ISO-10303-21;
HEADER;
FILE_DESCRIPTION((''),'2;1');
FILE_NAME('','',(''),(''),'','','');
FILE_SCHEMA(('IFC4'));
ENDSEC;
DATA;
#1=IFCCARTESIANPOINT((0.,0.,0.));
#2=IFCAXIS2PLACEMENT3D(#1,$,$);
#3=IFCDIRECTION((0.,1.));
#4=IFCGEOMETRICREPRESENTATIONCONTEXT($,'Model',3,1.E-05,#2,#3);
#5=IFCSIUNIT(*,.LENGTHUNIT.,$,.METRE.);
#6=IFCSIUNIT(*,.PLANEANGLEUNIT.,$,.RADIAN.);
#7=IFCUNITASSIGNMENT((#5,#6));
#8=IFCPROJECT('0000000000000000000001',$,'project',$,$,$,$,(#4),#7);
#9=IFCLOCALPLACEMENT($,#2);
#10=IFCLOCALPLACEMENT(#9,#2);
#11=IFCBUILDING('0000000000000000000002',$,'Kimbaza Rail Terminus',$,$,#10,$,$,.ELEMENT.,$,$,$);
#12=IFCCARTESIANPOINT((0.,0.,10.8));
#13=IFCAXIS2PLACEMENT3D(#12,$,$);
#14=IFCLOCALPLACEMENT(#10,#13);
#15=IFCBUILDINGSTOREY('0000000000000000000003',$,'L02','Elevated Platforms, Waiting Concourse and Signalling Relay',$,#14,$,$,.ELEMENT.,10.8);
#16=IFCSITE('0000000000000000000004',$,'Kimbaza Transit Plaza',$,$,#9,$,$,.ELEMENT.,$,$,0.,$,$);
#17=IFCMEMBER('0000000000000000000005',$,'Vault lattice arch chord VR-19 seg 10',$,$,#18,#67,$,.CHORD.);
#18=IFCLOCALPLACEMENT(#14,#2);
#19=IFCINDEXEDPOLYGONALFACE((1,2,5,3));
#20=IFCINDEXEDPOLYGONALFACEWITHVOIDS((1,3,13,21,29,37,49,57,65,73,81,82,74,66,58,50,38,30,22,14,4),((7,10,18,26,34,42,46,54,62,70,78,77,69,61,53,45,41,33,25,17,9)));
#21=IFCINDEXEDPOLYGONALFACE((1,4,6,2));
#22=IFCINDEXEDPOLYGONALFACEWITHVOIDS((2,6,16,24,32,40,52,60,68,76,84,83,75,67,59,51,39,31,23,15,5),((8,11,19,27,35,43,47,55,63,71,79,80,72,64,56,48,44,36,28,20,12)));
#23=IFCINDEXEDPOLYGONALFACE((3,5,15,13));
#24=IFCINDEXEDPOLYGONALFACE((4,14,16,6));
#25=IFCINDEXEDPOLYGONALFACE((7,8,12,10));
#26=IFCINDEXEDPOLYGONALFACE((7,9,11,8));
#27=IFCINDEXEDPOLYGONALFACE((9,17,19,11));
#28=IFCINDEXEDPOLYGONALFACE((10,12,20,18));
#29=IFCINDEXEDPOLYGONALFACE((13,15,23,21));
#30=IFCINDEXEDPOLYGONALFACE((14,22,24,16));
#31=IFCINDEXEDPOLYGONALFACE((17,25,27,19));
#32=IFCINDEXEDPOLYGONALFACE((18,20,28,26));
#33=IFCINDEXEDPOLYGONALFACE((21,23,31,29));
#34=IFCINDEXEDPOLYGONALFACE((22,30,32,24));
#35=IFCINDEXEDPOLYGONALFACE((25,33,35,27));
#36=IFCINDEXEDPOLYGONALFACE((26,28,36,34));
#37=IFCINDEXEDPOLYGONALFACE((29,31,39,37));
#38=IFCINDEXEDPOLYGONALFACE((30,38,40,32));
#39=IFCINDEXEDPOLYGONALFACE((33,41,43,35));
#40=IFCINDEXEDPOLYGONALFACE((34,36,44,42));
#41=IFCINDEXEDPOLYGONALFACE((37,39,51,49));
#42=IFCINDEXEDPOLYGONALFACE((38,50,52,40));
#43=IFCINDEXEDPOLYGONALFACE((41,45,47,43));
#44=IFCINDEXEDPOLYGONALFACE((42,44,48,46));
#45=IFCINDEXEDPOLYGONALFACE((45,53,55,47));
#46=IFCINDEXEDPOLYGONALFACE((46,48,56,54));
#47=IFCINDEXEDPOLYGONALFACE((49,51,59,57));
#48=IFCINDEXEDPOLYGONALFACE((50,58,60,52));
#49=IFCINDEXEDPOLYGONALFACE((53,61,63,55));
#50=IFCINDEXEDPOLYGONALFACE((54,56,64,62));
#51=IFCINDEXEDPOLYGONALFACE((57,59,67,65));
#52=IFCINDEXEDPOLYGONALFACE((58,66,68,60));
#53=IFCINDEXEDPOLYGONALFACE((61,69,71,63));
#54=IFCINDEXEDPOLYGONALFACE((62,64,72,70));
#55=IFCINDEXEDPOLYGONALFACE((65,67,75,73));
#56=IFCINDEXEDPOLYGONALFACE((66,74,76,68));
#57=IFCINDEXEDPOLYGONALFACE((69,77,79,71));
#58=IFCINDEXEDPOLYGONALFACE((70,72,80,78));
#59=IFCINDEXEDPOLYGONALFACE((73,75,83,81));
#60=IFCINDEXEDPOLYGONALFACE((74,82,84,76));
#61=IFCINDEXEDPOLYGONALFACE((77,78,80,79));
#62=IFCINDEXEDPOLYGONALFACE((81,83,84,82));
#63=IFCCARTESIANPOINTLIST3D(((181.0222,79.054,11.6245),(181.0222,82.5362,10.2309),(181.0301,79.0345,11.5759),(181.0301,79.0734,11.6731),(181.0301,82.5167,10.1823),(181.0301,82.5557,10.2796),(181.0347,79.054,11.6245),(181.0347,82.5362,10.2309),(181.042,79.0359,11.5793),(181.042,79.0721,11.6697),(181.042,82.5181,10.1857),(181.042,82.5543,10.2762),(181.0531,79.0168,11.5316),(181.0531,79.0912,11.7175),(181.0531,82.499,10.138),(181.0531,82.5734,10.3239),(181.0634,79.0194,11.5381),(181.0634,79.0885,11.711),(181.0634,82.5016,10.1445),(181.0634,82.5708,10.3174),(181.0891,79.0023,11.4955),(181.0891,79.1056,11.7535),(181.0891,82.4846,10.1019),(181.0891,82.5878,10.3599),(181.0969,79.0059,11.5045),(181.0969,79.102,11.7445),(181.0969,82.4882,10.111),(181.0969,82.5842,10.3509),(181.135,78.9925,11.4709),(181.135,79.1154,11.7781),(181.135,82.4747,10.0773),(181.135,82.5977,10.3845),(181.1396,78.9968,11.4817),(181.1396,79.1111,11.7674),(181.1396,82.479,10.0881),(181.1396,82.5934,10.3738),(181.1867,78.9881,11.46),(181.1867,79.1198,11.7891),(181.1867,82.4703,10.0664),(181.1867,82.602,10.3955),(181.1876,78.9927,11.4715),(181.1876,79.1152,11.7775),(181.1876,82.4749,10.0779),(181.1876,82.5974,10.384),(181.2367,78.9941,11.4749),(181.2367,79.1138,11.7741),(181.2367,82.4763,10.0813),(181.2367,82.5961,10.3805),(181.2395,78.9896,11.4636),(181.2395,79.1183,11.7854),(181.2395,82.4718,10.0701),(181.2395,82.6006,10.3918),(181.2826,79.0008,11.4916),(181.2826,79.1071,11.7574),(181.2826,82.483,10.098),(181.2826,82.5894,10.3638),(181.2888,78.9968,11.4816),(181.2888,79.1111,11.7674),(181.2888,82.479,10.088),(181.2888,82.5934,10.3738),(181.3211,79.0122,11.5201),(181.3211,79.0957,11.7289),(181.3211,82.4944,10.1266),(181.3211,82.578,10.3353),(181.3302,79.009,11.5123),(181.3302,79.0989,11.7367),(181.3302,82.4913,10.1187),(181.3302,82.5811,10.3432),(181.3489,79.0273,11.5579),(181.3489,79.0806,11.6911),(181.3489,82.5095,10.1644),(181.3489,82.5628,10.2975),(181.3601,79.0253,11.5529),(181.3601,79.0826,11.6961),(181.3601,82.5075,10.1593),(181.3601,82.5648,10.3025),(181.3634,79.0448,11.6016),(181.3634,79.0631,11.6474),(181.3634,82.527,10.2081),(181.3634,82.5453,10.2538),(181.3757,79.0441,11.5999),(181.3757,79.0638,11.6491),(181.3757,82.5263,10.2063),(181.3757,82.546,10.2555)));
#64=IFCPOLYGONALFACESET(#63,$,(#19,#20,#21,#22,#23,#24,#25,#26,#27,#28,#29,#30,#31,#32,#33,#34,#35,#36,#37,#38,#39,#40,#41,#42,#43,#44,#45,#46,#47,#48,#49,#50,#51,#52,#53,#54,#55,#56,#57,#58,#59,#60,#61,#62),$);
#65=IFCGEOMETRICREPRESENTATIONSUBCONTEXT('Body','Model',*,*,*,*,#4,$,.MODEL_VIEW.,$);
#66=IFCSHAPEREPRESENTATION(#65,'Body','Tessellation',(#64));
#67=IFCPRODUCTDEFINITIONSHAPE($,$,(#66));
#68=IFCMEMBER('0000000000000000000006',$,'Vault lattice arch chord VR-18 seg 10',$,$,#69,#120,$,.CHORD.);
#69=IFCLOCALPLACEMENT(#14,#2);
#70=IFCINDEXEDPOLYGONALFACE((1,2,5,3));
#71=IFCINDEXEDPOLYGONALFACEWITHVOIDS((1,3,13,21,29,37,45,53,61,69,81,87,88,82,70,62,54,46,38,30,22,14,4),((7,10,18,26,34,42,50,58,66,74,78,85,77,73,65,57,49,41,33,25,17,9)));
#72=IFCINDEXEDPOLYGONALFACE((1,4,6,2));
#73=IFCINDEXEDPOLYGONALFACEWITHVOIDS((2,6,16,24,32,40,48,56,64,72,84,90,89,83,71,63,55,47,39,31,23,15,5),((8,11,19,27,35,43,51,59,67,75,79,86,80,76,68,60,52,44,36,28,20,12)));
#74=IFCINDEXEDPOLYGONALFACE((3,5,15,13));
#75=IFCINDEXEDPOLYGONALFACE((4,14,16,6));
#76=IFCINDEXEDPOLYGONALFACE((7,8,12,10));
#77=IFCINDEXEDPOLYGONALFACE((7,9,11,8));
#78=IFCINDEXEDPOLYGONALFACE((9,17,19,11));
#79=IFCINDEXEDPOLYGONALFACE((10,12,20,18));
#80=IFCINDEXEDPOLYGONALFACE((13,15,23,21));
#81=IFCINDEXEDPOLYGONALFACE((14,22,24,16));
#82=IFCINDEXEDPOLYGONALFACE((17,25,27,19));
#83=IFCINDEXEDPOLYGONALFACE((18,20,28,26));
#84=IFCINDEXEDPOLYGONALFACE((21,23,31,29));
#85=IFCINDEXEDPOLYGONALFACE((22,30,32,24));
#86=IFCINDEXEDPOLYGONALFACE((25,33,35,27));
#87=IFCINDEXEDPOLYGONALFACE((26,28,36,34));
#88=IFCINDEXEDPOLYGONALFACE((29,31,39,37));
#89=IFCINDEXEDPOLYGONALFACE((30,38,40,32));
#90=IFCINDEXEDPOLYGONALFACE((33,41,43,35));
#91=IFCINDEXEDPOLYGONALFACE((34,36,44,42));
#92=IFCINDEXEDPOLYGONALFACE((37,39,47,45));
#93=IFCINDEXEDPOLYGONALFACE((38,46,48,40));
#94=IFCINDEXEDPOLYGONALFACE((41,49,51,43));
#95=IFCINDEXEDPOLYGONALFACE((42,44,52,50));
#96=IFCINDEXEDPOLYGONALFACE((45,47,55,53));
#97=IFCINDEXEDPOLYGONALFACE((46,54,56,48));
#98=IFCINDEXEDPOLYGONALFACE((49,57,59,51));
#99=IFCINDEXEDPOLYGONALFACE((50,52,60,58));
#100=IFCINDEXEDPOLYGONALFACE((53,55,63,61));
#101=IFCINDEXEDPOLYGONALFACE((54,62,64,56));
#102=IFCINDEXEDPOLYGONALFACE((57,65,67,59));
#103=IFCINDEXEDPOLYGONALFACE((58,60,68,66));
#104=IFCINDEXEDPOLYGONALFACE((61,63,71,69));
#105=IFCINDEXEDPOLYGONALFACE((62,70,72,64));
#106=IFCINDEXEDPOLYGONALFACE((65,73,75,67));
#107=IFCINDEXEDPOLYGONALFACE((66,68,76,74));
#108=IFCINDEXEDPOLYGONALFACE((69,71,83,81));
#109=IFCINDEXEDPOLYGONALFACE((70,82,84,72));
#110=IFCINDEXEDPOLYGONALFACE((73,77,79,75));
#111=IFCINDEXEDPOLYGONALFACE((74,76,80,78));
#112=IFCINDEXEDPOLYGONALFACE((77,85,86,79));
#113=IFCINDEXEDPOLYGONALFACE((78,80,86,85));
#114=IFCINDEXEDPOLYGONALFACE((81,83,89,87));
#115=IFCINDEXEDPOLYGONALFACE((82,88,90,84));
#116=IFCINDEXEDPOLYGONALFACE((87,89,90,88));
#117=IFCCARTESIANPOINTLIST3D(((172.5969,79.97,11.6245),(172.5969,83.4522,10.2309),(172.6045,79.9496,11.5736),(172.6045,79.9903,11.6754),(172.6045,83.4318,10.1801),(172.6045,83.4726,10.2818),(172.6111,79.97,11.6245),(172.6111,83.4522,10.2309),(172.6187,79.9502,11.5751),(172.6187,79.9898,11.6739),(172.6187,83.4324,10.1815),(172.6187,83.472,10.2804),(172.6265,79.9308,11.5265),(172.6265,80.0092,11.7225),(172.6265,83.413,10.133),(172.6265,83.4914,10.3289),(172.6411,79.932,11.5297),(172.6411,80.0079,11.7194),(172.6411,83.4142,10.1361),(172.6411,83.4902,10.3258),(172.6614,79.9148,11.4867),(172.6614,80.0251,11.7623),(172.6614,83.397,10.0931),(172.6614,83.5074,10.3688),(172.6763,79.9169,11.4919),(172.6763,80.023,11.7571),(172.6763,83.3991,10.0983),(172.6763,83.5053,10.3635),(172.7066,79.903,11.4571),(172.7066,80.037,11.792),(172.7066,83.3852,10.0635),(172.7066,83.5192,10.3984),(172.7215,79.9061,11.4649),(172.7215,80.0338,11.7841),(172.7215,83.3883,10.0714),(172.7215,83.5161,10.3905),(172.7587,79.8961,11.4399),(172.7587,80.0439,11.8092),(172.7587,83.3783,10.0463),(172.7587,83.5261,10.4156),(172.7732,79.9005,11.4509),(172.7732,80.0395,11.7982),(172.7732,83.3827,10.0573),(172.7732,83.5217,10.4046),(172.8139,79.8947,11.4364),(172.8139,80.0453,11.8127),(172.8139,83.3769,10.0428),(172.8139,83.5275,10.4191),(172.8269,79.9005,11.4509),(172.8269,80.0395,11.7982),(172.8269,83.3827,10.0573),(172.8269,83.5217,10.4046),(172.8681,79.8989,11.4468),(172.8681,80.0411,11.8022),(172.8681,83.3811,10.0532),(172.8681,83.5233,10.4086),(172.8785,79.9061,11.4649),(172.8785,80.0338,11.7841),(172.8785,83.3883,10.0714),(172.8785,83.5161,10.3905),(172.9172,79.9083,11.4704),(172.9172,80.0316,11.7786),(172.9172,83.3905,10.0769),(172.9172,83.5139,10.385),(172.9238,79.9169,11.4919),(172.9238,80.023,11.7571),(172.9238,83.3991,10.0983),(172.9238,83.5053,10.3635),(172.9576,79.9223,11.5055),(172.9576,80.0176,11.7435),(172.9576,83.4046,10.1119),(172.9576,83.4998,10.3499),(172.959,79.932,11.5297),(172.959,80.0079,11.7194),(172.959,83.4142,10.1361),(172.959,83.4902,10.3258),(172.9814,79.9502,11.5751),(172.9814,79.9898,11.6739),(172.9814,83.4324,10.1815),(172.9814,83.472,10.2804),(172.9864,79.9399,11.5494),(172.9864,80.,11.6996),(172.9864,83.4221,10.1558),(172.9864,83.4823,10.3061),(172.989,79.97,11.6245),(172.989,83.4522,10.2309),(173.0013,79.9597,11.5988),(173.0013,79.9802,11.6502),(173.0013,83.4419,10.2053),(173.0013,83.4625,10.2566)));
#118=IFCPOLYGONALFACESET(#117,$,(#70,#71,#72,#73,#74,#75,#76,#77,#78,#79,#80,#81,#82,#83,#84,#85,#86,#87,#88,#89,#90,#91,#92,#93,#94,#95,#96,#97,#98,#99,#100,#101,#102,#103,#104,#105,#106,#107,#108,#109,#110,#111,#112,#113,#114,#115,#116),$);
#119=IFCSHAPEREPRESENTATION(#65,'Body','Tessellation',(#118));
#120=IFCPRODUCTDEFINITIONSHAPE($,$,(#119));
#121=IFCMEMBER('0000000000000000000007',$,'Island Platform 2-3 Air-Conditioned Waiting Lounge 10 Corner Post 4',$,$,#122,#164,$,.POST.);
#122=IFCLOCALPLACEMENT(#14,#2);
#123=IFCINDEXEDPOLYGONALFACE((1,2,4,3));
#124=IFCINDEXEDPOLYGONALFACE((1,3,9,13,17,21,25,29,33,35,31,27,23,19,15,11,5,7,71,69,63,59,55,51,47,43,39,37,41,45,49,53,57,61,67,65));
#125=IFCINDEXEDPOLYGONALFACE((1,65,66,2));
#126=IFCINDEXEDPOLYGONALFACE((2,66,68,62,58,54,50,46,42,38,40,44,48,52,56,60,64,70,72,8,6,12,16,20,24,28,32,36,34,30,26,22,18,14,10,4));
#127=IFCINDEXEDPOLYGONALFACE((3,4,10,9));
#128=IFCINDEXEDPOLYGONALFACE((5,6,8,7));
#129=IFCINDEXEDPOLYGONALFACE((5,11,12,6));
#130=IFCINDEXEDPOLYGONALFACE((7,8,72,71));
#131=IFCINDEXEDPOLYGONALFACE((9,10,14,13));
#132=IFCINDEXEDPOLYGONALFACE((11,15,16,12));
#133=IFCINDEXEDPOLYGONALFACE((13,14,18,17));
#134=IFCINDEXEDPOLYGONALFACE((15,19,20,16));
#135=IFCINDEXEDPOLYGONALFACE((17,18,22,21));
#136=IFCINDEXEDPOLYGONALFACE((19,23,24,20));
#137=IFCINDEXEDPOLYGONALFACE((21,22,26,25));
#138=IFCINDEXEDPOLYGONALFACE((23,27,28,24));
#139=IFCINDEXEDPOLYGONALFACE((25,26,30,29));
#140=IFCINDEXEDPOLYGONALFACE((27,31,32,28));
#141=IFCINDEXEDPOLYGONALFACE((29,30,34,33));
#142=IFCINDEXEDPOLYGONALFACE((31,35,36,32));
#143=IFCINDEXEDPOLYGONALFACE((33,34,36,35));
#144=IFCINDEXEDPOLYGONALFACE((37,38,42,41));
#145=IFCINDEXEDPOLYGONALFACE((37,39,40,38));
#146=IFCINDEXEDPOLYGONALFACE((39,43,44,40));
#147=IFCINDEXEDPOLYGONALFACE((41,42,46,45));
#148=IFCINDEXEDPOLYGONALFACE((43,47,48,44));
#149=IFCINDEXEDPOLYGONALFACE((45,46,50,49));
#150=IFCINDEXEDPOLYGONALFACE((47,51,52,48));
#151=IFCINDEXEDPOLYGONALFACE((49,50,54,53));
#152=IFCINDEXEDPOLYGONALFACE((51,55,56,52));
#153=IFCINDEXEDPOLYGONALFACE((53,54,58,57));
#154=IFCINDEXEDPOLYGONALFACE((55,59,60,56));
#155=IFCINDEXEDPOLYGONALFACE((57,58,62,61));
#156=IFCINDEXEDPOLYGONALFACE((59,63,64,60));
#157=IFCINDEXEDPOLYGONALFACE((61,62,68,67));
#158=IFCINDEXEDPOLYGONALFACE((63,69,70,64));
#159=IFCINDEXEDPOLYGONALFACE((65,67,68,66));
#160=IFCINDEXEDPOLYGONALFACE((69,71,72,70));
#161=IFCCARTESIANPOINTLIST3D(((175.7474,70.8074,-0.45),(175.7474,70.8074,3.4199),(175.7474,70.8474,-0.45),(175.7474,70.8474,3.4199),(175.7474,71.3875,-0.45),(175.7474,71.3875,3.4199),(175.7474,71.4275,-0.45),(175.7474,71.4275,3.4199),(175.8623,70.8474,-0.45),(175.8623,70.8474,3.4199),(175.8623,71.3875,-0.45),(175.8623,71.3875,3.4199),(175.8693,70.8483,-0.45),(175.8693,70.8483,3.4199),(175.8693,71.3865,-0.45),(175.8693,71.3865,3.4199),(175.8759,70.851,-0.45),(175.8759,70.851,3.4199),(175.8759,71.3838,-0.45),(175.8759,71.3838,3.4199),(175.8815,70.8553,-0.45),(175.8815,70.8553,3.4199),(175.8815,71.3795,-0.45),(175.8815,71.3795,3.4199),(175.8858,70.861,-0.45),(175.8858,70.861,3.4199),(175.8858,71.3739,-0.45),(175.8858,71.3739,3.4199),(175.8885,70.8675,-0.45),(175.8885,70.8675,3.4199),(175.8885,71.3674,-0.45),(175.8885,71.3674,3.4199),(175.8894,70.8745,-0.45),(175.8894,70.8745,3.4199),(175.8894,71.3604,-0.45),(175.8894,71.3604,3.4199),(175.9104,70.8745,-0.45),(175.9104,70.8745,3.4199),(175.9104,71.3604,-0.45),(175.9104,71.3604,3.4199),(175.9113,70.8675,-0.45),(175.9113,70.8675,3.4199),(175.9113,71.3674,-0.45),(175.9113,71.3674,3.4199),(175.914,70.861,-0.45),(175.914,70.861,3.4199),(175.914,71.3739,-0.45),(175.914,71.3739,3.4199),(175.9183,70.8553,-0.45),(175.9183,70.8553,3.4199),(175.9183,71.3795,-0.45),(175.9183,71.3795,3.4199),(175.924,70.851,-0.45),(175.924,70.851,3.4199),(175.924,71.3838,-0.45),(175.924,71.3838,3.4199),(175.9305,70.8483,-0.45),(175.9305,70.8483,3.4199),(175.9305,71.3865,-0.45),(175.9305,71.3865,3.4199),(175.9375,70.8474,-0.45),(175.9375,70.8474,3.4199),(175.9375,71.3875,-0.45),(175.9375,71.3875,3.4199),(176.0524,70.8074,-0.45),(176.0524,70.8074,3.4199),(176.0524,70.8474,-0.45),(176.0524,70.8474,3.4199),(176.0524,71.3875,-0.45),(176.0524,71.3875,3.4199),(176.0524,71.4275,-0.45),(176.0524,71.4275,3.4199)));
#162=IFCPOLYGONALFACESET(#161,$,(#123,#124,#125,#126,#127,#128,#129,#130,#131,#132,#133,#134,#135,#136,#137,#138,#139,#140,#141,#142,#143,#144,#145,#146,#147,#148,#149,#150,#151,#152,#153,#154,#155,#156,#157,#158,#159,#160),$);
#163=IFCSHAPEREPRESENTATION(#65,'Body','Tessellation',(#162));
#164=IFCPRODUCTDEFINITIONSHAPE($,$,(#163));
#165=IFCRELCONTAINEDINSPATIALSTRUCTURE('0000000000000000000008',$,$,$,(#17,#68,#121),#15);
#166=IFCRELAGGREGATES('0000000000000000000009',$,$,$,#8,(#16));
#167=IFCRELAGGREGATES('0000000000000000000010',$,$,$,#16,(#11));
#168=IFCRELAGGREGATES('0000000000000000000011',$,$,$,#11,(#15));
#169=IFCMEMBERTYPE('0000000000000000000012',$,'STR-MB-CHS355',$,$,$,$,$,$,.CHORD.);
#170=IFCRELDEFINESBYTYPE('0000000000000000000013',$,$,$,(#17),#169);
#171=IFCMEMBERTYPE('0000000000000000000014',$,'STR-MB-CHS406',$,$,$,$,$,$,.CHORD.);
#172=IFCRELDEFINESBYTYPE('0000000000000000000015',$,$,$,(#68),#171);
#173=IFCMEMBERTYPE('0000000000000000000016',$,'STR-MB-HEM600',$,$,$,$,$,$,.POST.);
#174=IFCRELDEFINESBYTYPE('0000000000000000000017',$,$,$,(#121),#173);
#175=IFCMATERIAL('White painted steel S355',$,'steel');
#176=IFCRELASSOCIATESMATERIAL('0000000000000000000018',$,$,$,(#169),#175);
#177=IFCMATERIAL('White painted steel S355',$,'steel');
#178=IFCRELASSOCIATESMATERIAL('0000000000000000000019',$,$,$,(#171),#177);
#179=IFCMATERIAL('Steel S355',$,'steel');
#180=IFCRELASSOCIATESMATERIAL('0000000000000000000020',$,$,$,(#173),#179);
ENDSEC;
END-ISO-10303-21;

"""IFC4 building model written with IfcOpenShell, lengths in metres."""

from ifc_helpers import new_model, si_unit, direction, frame, origin, origin_2d, place, context, subcontext, project, spatial, hollow_circle, i_section, extrude, material, material_profile, profile_set, type_object, element, save


model = new_model("IFC4")

# Units and contexts
model_context = context("Model", 3, precision=1e-05, world=origin(), true_north=direction((0.0, 1.0)))
body_context = subcontext(model_context, "Body", "Model", "MODEL_VIEW")
ifc_project = project(units=[si_unit("LENGTHUNIT", "METRE"), si_unit("PLANEANGLEUNIT", "RADIAN")], contexts=[model_context])

# Site, building, storey
site_placement = place(None, origin())
site = spatial("IfcSite", under=ifc_project, at=site_placement, Name="Kimbaza Transit Plaza", CompositionType="ELEMENT", RefElevation=0.0)
building_placement = place(site_placement, origin())
building = spatial("IfcBuilding", under=site, at=building_placement, Name="Kimbaza Rail Terminus", CompositionType="ELEMENT")
storey_placement = place(building_placement, frame((0.0, 0.0, 10.8)))
storey = spatial("IfcBuildingStorey", under=building, at=storey_placement, Name="L02", Description="Elevated Platforms, Waiting Concourse and Signalling Relay", CompositionType="ELEMENT", Elevation=10.8)

# Members
ifc_material_1 = material(Name="White painted steel S355", Category="steel")
ifc_material_profile_1 = material_profile(ifc_material_1, hollow_circle(Radius=0.1777, WallThickness=0.0125, at=origin_2d()), Name="CHS 355.6x12.5")
ifc_profile_set_1 = profile_set([ifc_material_profile_1], Name="White painted steel S355")
member_type_1 = type_object("IfcMemberType", Name="STR-MB-CHS355", PredefinedType="CHORD", material=ifc_profile_set_1)
member_1_placement = place(storey_placement, frame((181.2, 79.054, 11.6245), z_axis=(0.0, 0.928414, -0.371548), x_axis=(-1.0, 0.0, 0.0)))
element("IfcMember", 1, at=member_1_placement, inside=storey, type_object=member_type_1, Name="Vault lattice arch chord VR-19 seg 10", PredefinedType="CHORD", context=body_context, shape_type="SweptSolid", body=[
    extrude(hollow_circle(Radius=0.1777, WallThickness=0.0125, at=origin_2d()), origin(), (0.0, 0.0, 1.0), 3.7507),
])
ifc_material_2 = material(Name="White painted steel S355", Category="steel")
ifc_material_profile_2 = material_profile(ifc_material_2, hollow_circle(Radius=0.2031, WallThickness=0.0142, at=origin_2d()), Name="CHS 406.4x14.2")
ifc_profile_set_2 = profile_set([ifc_material_profile_2], Name="White painted steel S355")
member_type_2 = type_object("IfcMemberType", Name="STR-MB-CHS406", PredefinedType="CHORD", material=ifc_profile_set_2)
member_2_placement = place(storey_placement, frame((172.8, 79.97, 11.6245), z_axis=(0.0, 0.928414, -0.371548), x_axis=(-1.0, 0.0, 0.0)))
element("IfcMember", 2, at=member_2_placement, inside=storey, type_object=member_type_2, Name="Vault lattice arch chord VR-18 seg 10", PredefinedType="CHORD", context=body_context, shape_type="SweptSolid", body=[
    extrude(hollow_circle(Radius=0.2031, WallThickness=0.0142, at=origin_2d()), origin(), (0.0, 0.0, 1.0), 3.7507),
])
ifc_material_3 = material(Name="Steel S355", Category="steel")
ifc_material_profile_3 = material_profile(ifc_material_3, i_section(OverallWidth=0.3049, OverallDepth=0.6201, WebThickness=0.021, FlangeThickness=0.04, FilletRadius=0.0271, at=origin_2d()), Name="HEM 600")
ifc_profile_set_3 = profile_set([ifc_material_profile_3], Name="Steel S355")
member_type_3 = type_object("IfcMemberType", Name="STR-MB-HEM600", PredefinedType="POST", material=ifc_profile_set_3)
for number, where, z_axis, x_axis, name in (
    (3, (175.8999, 71.1174, -0.45), (0.0, 0.0, 1.0), (1.0, 0.0, 0.0), "Island Platform 2-3 Air-Conditioned Waiting Lounge 10 Corner Post 4"),
):
    element("IfcMember", number, at=place(storey_placement, frame(where, z_axis=z_axis, x_axis=x_axis)), inside=storey, type_object=member_type_3, Name=name, PredefinedType="POST", context=body_context, shape_type="SweptSolid", body=[
        extrude(i_section(OverallWidth=0.3049, OverallDepth=0.6201, WebThickness=0.021, FlangeThickness=0.04, FilletRadius=0.0271, at=origin_2d()), origin(), (0.0, 0.0, 1.0), 3.8699),
    ])

save(model, "model.ifc")
